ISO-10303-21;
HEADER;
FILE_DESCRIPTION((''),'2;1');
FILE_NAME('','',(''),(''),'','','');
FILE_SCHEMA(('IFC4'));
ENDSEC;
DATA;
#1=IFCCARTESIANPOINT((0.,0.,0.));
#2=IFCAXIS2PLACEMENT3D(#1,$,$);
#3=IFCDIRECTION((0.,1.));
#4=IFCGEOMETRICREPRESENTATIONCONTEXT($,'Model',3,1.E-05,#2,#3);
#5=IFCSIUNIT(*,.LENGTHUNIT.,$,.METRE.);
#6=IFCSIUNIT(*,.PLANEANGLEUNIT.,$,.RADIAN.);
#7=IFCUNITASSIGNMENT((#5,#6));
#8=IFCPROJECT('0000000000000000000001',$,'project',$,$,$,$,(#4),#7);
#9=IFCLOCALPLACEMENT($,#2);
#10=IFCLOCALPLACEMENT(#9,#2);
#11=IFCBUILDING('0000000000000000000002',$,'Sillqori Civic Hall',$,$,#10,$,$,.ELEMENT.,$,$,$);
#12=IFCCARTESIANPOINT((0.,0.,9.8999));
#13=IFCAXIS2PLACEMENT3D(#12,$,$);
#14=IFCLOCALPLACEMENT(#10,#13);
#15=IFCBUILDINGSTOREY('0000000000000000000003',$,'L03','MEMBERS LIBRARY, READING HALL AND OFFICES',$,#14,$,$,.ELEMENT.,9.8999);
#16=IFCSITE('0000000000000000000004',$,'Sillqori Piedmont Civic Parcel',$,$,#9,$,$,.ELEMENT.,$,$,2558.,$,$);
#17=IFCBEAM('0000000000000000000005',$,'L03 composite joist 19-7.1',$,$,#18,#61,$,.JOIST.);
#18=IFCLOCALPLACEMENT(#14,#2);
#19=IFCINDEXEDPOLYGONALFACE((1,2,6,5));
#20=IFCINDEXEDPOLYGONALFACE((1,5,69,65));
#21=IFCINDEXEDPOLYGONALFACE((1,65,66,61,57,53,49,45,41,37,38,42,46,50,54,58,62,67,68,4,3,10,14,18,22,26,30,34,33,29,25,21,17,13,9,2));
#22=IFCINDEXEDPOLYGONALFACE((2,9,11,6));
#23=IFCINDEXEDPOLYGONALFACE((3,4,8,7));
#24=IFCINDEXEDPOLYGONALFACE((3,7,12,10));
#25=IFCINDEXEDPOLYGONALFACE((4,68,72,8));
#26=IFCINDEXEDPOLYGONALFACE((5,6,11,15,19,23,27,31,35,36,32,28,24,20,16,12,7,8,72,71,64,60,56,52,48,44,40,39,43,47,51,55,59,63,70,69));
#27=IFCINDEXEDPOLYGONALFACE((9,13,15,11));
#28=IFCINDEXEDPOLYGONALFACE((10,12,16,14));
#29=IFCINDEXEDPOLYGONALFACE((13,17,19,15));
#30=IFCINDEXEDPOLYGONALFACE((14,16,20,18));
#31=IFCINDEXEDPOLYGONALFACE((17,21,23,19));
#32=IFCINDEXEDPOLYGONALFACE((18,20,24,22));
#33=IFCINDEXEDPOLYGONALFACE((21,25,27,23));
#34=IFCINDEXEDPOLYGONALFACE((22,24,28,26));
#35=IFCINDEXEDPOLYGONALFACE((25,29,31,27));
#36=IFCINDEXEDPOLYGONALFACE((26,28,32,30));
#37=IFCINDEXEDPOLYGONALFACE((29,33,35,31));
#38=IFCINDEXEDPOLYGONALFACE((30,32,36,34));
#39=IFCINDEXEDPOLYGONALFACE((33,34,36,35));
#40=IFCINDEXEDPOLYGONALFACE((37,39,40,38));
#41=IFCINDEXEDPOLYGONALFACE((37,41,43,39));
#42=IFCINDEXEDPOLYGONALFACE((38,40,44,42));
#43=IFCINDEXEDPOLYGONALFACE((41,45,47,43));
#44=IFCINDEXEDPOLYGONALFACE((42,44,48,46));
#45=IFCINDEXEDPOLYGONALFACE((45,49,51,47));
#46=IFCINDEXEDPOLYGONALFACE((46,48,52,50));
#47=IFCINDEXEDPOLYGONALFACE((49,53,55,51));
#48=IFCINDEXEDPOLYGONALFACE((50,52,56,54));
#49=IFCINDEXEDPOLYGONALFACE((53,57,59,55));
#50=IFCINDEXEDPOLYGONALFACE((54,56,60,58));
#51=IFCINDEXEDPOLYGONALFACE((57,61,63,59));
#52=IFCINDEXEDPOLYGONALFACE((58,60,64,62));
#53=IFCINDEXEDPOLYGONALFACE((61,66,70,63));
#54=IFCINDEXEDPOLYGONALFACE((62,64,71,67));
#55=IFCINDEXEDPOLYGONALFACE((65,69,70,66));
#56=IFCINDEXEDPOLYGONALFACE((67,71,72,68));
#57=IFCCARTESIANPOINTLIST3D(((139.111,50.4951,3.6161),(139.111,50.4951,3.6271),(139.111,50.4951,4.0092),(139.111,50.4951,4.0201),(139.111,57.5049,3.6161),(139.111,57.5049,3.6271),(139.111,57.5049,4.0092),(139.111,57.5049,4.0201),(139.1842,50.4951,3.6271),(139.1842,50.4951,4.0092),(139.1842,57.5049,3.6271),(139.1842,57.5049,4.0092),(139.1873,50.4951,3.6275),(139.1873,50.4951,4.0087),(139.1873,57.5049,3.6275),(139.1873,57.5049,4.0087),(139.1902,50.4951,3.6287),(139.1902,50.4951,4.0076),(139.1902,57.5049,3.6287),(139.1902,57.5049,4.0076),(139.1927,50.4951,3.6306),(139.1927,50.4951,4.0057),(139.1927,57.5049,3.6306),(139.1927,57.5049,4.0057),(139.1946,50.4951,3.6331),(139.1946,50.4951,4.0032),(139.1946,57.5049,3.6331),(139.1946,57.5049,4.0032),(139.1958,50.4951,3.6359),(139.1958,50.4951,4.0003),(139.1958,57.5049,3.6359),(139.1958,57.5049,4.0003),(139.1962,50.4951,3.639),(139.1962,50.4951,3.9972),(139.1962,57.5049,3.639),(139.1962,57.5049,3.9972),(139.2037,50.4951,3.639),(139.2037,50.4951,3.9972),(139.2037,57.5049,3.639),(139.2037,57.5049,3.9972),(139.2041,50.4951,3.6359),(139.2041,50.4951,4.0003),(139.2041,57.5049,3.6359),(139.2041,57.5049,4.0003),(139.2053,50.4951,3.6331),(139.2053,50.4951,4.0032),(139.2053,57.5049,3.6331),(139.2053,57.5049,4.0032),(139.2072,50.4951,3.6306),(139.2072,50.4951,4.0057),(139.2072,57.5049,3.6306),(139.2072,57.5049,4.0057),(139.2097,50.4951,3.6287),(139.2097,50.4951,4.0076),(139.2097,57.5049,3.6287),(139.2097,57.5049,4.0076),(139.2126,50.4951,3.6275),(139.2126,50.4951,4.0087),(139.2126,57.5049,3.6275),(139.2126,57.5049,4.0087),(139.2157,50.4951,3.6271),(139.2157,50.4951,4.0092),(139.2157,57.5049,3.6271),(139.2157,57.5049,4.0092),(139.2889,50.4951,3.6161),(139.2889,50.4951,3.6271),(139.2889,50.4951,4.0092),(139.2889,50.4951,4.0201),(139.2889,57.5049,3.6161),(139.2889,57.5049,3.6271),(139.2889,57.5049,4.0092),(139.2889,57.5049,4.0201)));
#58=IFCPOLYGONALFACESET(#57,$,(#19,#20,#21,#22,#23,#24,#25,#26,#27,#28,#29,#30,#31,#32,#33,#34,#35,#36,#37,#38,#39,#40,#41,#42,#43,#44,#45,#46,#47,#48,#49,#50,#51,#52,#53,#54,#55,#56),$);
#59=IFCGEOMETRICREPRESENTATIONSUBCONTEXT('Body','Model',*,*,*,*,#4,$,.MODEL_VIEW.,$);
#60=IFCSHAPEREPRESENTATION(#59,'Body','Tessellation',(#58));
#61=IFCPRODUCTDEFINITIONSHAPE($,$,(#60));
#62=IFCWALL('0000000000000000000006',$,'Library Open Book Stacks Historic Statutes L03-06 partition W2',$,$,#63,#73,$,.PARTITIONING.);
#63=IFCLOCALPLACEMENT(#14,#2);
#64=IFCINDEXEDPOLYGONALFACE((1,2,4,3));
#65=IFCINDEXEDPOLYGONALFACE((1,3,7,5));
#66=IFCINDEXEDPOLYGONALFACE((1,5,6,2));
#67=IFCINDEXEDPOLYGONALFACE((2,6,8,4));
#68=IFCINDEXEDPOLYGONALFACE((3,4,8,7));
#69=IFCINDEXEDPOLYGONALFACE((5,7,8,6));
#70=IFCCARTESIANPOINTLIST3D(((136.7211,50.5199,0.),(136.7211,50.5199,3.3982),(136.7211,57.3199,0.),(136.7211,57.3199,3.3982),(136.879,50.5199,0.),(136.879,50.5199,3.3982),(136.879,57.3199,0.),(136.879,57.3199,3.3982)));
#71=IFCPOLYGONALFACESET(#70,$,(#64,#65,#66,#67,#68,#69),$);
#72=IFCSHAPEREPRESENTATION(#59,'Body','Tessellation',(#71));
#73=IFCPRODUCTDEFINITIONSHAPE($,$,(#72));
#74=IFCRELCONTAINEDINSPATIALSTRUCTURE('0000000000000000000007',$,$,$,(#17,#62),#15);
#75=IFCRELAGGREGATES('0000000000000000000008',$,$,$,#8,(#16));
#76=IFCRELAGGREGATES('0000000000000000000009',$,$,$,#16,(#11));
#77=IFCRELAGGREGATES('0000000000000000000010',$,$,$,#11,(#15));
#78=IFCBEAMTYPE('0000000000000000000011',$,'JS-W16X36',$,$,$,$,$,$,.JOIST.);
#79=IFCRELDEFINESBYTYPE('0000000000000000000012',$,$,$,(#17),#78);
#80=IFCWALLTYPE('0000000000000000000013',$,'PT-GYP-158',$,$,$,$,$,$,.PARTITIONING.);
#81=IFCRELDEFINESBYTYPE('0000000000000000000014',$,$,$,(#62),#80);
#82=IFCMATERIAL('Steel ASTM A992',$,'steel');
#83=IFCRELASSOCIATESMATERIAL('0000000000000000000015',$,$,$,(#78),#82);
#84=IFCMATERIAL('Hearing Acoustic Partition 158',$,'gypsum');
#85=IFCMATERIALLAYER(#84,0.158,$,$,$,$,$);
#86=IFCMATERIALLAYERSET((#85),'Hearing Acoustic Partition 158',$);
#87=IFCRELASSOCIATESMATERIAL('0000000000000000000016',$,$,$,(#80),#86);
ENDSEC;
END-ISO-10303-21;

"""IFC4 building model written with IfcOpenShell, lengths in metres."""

from ifc_helpers import new_model, si_unit, direction, frame, frame_2d, origin, origin_2d, place, context, subcontext, project, spatial, rectangle, i_section, extrude, material, layer, layer_set, material_profile, profile_set, type_object, element, save


model = new_model("IFC4")

# Units and contexts
model_context = context("Model", 3, precision=1e-05, world=origin(), true_north=direction((0.0, 1.0)))
body_context = subcontext(model_context, "Body", "Model", "MODEL_VIEW")
ifc_project = project(units=[si_unit("LENGTHUNIT", "METRE"), si_unit("PLANEANGLEUNIT", "RADIAN")], contexts=[model_context])

# Site, building, storey
site_placement = place(None, origin())
site = spatial("IfcSite", under=ifc_project, at=site_placement, Name="Sillqori Piedmont Civic Parcel", CompositionType="ELEMENT", RefElevation=2558.0)
building_placement = place(site_placement, origin())
building = spatial("IfcBuilding", under=site, at=building_placement, Name="Sillqori Civic Hall", CompositionType="ELEMENT")
storey_placement = place(building_placement, frame((0.0, 0.0, 9.8999)))
storey = spatial("IfcBuildingStorey", under=building, at=storey_placement, Name="L03", Description="MEMBERS LIBRARY, READING HALL AND OFFICES", CompositionType="ELEMENT", Elevation=9.8999)

# Shared definitions
ifc_material_1 = material(Name="Steel ASTM A992", Category="steel")

# Beam
ifc_material_profile_1 = material_profile(ifc_material_1, i_section(OverallWidth=0.178, OverallDepth=0.4041, WebThickness=0.0076, FlangeThickness=0.011, FilletRadius=0.012, at=origin_2d()), Name="W16X36")
ifc_profile_set_1 = profile_set([ifc_material_profile_1], Name="Steel ASTM A992")
beam_type_1 = type_object("IfcBeamType", Name="JS-W16X36", PredefinedType="JOIST", material=ifc_profile_set_1)
beam_1_placement = place(storey_placement, frame((139.2, 50.4951, 3.8181), z_axis=(0.0, 1.0, 0.0), x_axis=(-1.0, 0.0, 0.0)))
element("IfcBeam", 1, at=beam_1_placement, inside=storey, type_object=beam_type_1, Name="L03 composite joist 19-7.1", PredefinedType="JOIST", context=body_context, shape_type="SweptSolid", body=[
    extrude(i_section(OverallWidth=0.178, OverallDepth=0.4041, WebThickness=0.0076, FlangeThickness=0.011, FilletRadius=0.012, at=origin_2d()), origin(), (0.0, 0.0, 1.0), 7.0098),
])

# Wall
ifc_material_2 = material(Name="Hearing Acoustic Partition 158", Category="gypsum")
ifc_layer = layer(ifc_material_2, 0.158)
ifc_layer_set = layer_set([ifc_layer], Name="Hearing Acoustic Partition 158")
wall_type = type_object("IfcWallType", Name="PT-GYP-158", PredefinedType="PARTITIONING", material=ifc_layer_set)
wall_placement = place(storey_placement, frame((136.8, 50.52, 0.0), z_axis=(0.0, 0.0, 1.0), x_axis=(0.0, 1.0, 0.0)))
element("IfcWall", 2, at=wall_placement, inside=storey, type_object=wall_type, Name="Library Open Book Stacks Historic Statutes L03-06 partition W2", PredefinedType="PARTITIONING", context=body_context, shape_type="SweptSolid", body=[
    extrude(rectangle(XDim=6.8, YDim=0.158, at=frame_2d((3.3999, 0.0))), origin(), (0.0, 0.0, 1.0), 3.3982),
])

save(model, "model.ifc")
